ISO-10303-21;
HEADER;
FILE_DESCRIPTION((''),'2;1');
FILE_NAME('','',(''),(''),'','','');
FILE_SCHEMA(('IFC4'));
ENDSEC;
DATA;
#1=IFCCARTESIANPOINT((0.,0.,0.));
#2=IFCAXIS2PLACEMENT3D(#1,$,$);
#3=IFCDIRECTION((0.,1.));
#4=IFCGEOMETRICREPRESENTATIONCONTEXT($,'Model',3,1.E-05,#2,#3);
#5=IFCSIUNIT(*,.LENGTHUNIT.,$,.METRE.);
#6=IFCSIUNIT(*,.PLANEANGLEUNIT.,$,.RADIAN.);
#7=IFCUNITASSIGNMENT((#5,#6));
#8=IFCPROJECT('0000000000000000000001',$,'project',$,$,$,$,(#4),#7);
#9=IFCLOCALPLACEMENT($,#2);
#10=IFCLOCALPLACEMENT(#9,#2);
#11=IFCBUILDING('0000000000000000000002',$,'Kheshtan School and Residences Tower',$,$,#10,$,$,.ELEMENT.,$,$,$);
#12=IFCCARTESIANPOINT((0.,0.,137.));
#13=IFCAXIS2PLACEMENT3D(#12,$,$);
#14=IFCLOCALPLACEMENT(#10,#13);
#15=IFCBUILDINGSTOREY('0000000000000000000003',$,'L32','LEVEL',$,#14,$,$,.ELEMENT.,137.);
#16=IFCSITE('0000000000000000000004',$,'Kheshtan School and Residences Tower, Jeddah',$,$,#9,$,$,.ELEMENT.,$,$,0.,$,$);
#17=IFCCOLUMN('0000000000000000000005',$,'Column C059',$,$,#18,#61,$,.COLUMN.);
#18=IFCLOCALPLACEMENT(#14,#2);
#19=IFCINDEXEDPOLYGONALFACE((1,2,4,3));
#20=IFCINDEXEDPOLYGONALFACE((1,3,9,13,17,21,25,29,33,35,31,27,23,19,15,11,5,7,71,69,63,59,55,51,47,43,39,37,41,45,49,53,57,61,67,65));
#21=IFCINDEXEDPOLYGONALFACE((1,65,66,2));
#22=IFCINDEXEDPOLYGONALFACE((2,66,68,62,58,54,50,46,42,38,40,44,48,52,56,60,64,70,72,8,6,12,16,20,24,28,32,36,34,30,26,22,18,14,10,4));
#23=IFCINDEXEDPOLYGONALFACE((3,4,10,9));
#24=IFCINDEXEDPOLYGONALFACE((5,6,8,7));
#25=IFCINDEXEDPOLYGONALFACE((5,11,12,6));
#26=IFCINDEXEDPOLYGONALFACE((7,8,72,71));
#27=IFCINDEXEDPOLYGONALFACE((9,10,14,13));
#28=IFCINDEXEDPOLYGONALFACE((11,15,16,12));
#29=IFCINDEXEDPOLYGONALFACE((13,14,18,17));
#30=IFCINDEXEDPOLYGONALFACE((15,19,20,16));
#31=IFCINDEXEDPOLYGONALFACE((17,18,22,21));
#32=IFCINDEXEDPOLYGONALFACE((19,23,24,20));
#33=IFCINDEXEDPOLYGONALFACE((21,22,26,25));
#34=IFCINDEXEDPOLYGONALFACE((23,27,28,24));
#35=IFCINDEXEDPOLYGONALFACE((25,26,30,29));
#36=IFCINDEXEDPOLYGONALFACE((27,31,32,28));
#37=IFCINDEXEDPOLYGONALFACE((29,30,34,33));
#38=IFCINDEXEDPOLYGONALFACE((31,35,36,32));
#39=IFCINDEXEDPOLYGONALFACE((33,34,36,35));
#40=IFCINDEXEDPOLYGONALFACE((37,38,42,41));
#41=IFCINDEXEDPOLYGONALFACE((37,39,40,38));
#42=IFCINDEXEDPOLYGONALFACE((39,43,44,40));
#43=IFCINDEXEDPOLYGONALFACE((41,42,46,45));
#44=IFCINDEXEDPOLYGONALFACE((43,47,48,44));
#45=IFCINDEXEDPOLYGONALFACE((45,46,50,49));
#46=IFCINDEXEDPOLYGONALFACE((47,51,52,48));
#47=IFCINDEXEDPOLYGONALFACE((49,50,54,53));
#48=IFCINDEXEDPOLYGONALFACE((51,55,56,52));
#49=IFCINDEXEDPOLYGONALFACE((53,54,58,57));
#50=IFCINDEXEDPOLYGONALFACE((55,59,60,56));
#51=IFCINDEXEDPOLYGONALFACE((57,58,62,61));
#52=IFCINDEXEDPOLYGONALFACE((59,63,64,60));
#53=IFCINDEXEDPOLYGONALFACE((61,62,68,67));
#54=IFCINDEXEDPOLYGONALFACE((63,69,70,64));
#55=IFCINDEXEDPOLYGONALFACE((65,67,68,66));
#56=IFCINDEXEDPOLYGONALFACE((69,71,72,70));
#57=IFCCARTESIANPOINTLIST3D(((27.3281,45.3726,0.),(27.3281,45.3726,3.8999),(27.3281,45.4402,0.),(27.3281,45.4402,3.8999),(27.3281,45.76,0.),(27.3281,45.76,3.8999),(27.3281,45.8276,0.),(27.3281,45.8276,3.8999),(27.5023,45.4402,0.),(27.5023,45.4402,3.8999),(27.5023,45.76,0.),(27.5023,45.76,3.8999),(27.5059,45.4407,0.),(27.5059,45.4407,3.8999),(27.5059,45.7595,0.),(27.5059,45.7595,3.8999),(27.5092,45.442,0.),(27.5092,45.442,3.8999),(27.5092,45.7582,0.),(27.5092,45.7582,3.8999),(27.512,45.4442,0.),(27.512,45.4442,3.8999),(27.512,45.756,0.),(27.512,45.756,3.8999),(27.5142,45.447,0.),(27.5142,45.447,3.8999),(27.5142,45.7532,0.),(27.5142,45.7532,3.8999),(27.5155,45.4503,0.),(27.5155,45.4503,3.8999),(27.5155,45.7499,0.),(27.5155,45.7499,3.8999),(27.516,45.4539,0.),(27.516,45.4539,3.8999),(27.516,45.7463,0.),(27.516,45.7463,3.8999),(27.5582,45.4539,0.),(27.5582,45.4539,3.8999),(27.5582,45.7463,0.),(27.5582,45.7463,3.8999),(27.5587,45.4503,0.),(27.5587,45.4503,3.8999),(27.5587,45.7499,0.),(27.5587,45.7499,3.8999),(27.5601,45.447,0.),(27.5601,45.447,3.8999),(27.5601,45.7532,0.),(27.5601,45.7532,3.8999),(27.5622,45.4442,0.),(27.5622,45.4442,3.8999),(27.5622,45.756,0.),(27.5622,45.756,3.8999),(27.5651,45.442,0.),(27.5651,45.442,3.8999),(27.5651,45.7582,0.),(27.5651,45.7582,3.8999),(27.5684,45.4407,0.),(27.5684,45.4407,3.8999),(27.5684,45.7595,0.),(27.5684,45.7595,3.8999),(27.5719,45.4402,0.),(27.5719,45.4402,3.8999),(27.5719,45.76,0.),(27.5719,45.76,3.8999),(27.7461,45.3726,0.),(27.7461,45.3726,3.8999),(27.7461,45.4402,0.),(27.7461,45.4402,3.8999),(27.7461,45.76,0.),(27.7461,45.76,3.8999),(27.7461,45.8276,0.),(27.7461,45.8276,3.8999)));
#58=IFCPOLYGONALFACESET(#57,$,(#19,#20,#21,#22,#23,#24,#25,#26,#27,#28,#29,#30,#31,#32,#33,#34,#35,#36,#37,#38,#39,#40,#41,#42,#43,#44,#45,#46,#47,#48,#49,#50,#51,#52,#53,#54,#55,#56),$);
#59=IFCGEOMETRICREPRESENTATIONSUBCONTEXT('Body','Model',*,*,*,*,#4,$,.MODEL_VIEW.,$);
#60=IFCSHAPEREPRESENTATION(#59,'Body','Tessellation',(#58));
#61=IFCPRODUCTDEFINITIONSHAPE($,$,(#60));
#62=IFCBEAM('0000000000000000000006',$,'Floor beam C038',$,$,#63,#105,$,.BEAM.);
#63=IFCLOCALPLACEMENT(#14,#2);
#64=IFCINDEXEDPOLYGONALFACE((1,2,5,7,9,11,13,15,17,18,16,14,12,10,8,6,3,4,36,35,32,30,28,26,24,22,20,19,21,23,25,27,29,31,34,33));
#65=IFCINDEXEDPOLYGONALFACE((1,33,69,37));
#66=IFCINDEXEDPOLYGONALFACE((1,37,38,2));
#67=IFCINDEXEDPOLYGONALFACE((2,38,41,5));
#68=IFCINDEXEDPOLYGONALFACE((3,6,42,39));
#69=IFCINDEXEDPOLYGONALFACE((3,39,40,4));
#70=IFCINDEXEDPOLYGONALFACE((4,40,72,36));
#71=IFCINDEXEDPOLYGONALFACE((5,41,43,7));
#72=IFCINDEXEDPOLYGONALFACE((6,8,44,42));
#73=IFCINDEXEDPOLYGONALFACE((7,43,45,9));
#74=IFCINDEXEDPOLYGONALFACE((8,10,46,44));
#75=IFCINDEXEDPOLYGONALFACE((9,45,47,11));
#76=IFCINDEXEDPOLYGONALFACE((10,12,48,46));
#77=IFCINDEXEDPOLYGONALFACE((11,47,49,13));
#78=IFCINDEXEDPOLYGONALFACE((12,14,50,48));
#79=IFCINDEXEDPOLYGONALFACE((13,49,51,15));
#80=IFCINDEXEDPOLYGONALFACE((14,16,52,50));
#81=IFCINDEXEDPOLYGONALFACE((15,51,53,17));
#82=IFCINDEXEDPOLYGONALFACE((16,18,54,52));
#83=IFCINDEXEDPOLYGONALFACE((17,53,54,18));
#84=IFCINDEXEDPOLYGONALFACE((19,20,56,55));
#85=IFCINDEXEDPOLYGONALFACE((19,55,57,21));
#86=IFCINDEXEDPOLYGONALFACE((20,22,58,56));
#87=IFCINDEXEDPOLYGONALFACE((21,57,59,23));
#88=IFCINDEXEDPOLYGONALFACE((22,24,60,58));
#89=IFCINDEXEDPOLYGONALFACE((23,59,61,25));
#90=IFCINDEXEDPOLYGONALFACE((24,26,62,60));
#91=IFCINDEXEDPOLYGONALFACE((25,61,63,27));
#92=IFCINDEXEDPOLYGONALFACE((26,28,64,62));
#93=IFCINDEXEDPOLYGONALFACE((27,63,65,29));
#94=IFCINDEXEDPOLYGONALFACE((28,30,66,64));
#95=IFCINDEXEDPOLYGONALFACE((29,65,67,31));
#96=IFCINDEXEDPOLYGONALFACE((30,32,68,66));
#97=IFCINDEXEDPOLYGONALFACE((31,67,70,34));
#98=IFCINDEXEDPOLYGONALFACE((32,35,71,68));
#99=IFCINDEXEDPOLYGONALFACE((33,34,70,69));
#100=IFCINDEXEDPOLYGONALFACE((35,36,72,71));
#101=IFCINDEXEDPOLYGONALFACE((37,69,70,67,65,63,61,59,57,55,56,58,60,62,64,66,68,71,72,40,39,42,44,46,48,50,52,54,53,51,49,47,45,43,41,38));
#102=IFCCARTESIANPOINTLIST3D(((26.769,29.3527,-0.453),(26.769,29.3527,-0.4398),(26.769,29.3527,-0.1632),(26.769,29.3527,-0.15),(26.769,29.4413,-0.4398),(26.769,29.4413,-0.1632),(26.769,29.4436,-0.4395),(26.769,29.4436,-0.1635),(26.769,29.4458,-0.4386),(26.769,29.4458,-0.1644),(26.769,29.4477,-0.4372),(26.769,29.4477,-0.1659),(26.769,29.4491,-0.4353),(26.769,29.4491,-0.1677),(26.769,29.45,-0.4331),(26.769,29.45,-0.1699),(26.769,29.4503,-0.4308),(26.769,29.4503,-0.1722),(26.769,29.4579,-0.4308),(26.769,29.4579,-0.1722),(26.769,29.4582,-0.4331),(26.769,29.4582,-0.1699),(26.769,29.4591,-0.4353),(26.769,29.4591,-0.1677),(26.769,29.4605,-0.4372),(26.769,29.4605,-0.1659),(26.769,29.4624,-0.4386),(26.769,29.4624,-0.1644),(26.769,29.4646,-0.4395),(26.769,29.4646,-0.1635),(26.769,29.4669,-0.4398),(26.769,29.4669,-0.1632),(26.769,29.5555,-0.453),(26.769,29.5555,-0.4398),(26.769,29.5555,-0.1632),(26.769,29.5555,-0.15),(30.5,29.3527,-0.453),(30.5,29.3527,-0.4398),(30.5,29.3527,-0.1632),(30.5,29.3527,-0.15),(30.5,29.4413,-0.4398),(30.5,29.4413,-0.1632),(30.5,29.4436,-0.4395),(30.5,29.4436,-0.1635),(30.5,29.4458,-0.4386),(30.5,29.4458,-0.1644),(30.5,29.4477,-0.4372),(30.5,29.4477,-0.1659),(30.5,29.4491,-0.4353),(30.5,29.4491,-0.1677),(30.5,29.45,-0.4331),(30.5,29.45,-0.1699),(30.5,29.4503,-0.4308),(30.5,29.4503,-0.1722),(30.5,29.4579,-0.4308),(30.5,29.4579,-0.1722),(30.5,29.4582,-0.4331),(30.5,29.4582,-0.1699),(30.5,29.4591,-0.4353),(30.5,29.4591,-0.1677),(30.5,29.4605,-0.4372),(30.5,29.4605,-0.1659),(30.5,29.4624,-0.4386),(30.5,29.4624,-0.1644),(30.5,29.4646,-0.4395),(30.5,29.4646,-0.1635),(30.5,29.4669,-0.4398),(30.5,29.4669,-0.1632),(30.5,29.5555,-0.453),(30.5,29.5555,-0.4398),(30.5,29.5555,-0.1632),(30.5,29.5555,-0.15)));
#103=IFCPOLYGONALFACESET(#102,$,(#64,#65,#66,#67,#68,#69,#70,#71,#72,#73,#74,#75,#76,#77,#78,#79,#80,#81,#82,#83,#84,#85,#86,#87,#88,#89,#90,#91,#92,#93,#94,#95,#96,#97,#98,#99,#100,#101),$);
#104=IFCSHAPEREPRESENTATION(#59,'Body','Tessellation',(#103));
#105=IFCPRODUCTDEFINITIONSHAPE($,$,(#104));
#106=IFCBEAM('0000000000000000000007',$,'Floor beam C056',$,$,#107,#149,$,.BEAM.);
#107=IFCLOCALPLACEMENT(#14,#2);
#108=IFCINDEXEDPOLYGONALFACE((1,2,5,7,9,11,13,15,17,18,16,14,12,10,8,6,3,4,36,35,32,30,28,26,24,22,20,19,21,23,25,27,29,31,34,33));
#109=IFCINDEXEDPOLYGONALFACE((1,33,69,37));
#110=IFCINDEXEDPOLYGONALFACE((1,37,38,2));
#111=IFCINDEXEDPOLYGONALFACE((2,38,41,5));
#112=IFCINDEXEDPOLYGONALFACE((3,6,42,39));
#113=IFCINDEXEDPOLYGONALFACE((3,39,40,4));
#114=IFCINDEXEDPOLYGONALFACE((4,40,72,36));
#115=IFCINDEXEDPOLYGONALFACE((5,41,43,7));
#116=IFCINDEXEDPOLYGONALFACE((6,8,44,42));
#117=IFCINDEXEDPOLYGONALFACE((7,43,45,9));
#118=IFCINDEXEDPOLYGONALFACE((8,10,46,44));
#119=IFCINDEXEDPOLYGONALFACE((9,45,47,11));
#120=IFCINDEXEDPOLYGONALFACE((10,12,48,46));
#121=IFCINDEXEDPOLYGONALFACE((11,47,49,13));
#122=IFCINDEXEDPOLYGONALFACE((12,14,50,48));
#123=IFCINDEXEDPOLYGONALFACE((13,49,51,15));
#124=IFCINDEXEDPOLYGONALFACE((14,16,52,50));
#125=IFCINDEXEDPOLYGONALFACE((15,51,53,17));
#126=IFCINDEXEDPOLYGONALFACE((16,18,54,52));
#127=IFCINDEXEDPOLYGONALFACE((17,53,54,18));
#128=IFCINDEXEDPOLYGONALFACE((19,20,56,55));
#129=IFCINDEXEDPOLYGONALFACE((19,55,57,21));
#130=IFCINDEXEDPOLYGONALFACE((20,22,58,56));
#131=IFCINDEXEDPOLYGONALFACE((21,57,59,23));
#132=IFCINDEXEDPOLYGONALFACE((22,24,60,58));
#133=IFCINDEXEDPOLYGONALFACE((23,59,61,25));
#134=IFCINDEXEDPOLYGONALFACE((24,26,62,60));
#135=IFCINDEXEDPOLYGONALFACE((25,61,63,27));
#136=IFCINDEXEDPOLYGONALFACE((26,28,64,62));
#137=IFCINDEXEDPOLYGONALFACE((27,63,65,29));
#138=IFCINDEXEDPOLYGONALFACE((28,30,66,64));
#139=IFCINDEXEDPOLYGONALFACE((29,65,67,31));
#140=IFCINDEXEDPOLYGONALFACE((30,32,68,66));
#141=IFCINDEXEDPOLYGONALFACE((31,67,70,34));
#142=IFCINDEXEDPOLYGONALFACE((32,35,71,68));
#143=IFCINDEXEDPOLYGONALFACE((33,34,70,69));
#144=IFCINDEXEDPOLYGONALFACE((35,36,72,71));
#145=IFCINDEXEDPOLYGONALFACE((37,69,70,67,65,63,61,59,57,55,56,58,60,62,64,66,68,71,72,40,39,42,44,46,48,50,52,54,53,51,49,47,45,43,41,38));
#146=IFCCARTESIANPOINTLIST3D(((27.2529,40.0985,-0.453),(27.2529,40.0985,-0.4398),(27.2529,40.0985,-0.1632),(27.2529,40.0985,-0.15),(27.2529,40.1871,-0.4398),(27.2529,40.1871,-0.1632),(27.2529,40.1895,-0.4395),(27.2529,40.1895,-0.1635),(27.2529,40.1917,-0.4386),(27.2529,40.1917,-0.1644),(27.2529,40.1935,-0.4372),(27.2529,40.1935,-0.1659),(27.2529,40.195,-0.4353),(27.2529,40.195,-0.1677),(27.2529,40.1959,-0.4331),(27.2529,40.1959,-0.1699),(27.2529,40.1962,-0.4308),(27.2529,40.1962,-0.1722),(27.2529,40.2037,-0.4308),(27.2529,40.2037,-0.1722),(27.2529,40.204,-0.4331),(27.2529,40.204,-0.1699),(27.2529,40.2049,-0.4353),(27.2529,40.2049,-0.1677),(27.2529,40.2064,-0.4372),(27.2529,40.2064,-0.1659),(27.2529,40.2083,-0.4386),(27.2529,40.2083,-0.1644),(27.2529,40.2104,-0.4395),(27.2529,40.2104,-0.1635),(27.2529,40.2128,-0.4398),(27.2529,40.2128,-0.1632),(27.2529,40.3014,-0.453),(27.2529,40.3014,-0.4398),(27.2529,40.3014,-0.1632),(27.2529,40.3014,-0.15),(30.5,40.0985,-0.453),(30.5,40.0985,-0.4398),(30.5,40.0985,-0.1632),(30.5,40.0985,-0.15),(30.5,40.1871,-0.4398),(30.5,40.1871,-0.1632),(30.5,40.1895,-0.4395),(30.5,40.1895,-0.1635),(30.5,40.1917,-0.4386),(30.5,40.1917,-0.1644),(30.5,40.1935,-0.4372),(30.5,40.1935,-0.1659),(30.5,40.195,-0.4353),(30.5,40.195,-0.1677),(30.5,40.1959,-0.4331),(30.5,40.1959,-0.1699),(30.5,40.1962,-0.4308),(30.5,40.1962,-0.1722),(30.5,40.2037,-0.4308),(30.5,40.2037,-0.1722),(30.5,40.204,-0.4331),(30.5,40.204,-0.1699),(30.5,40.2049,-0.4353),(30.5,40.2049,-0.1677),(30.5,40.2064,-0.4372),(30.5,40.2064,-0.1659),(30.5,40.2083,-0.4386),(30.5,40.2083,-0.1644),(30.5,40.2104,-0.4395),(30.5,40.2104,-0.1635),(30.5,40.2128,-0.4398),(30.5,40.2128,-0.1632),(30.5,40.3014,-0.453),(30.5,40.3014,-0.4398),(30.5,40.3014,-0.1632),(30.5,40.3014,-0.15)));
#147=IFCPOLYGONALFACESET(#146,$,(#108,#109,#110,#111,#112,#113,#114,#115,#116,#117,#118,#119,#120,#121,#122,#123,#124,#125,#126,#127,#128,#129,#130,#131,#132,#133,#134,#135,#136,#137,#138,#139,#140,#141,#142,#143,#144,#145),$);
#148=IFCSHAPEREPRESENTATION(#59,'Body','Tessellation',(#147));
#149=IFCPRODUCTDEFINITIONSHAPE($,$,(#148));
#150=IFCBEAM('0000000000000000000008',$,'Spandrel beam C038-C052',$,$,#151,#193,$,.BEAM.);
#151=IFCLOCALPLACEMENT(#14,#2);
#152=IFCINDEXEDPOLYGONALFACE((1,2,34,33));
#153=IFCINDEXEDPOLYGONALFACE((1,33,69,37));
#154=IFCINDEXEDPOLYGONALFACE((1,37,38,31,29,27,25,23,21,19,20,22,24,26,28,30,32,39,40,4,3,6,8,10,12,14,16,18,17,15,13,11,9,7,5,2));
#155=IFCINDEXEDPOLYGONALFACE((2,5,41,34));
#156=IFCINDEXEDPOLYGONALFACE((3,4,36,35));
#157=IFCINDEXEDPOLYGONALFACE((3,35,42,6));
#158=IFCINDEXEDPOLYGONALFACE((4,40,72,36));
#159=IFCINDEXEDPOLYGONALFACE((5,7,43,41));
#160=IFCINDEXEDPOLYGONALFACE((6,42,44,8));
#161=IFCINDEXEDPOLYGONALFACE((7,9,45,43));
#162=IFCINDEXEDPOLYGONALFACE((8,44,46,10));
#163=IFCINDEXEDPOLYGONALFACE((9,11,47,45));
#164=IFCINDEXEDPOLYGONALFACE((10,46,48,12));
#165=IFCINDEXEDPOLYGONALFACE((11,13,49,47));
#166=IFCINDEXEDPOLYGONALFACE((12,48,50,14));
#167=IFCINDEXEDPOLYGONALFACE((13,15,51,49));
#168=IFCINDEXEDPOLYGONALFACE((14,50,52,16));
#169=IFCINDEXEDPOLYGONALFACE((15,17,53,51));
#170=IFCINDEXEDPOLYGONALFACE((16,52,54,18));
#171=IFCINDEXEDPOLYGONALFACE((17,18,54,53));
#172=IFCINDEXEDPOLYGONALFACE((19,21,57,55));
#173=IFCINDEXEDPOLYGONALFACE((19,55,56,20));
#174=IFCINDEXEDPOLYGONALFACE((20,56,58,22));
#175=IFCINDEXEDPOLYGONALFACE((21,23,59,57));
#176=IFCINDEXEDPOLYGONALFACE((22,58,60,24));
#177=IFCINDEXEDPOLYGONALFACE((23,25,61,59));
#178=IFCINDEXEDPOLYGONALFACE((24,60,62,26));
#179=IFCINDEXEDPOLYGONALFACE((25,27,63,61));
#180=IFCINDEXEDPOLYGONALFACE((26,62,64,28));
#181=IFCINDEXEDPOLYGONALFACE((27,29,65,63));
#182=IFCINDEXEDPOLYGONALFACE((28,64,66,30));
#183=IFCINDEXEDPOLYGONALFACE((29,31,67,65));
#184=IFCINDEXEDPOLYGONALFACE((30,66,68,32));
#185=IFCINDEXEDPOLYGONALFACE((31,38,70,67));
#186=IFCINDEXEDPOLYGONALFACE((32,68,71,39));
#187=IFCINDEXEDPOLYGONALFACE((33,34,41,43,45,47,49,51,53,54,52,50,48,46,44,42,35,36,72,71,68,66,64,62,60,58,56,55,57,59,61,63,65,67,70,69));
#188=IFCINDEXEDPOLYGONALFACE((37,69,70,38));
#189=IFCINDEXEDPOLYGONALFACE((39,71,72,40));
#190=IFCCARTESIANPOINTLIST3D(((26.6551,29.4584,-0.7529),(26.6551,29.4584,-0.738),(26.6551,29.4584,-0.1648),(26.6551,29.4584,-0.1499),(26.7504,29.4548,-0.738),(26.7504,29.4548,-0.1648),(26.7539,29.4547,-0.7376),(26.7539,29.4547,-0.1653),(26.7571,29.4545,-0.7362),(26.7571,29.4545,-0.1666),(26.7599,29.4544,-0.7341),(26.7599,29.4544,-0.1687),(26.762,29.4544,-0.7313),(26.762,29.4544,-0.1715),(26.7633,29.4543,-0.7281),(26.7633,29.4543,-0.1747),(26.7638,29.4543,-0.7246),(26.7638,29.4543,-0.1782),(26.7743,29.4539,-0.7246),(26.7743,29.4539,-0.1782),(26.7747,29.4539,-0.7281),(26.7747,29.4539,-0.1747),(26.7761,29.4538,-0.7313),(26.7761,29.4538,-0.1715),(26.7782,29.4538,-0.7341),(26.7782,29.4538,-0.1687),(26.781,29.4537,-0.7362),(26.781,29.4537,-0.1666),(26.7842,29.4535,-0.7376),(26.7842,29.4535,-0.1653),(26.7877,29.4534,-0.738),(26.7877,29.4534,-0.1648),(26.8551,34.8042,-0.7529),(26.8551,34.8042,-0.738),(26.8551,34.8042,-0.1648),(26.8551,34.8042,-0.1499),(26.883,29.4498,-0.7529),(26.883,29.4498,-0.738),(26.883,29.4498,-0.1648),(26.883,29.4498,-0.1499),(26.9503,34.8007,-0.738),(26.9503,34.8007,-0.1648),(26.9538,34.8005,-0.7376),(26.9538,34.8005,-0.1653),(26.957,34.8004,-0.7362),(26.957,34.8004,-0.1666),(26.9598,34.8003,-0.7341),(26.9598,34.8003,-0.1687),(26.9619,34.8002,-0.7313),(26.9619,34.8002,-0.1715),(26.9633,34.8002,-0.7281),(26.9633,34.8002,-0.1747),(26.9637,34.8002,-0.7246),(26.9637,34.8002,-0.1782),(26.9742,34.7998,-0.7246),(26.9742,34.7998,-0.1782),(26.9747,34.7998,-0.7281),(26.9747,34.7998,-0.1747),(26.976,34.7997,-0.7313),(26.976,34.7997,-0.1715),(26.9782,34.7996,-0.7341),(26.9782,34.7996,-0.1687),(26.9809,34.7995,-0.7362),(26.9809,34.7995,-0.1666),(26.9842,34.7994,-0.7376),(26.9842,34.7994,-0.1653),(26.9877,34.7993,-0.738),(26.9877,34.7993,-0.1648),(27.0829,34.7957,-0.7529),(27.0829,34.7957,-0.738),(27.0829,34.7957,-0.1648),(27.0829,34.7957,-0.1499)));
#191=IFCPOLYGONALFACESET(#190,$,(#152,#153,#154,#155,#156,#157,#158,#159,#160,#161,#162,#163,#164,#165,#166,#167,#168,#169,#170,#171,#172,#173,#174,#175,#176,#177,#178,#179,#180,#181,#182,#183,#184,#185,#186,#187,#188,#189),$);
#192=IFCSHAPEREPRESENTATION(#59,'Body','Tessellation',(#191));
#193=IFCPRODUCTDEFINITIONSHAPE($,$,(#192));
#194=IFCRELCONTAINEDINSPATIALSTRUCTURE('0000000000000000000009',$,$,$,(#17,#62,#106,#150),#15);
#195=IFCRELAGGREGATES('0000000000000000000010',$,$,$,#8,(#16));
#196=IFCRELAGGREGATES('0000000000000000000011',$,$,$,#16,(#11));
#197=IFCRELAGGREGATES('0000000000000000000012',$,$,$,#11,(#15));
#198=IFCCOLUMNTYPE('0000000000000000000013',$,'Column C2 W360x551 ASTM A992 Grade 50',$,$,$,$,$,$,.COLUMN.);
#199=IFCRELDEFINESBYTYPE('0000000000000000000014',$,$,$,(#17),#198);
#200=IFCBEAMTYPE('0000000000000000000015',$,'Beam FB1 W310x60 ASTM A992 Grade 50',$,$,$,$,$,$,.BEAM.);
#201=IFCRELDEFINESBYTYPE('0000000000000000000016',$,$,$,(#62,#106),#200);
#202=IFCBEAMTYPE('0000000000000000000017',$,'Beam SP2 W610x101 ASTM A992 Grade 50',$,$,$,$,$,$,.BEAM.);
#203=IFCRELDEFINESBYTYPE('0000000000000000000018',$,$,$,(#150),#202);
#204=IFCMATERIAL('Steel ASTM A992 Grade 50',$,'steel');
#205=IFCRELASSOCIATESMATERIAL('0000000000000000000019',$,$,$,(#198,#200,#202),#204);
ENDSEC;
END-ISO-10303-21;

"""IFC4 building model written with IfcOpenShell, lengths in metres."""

from ifc_helpers import new_model, si_unit, direction, frame, origin, origin_2d, place, context, subcontext, project, spatial, i_section, extrude, material, material_profile, profile_set, type_object, element, save


model = new_model("IFC4")

# Units and contexts
model_context = context("Model", 3, precision=1e-05, world=origin(), true_north=direction((0.0, 1.0)))
body_context = subcontext(model_context, "Body", "Model", "MODEL_VIEW")
ifc_project = project(units=[si_unit("LENGTHUNIT", "METRE"), si_unit("PLANEANGLEUNIT", "RADIAN")], contexts=[model_context])

# Site, building, storey
site_placement = place(None, origin())
site = spatial("IfcSite", under=ifc_project, at=site_placement, Name="Kheshtan School and Residences Tower, Jeddah", CompositionType="ELEMENT", RefElevation=0.0)
building_placement = place(site_placement, origin())
building = spatial("IfcBuilding", under=site, at=building_placement, Name="Kheshtan School and Residences Tower", CompositionType="ELEMENT")
storey_placement = place(building_placement, frame((0.0, 0.0, 137.0)))
storey = spatial("IfcBuildingStorey", under=building, at=storey_placement, Name="L32", Description="LEVEL", CompositionType="ELEMENT", Elevation=137.0)

# Column
ifc_material_1 = material(Name="Steel ASTM A992 Grade 50", Category="steel")
ifc_material_profile_1 = material_profile(ifc_material_1, i_section(OverallWidth=0.418, OverallDepth=0.4551, WebThickness=0.0422, FlangeThickness=0.0676, FilletRadius=0.0137, at=origin_2d()), Name="W360x551")
ifc_profile_set_1 = profile_set([ifc_material_profile_1], Name="Steel ASTM A992 Grade 50")
column_type = type_object("IfcColumnType", Name="Column C2 W360x551 ASTM A992 Grade 50", PredefinedType="COLUMN", material=ifc_profile_set_1)
for number, where, z_axis, x_axis, name in (
    (1, (27.5371, 45.6001, 0.0), (0.0, 0.0, 1.0), (1.0, 0.0, 0.0), "Column C059"),
):
    element("IfcColumn", number, at=place(storey_placement, frame(where, z_axis=z_axis, x_axis=x_axis)), inside=storey, type_object=column_type, Name=name, PredefinedType="COLUMN", context=body_context, shape_type="SweptSolid", body=[
        extrude(i_section(OverallWidth=0.418, OverallDepth=0.4551, WebThickness=0.0422, FlangeThickness=0.0676, FilletRadius=0.0137, at=origin_2d()), origin(), (0.0, 0.0, 1.0), 3.8999),
    ])

# Beams
ifc_material_profile_2 = material_profile(ifc_material_1, i_section(OverallWidth=0.2029, OverallDepth=0.303, WebThickness=0.0076, FlangeThickness=0.0132, FilletRadius=0.009, at=origin_2d()), Name="W310x60")
ifc_profile_set_2 = profile_set([ifc_material_profile_2], Name="Steel ASTM A992 Grade 50")
beam_type_1 = type_object("IfcBeamType", Name="Beam FB1 W310x60 ASTM A992 Grade 50", PredefinedType="BEAM", material=ifc_profile_set_2)
beam_1_placement = place(storey_placement, frame((26.769, 29.4541, -0.3015), z_axis=(1.0, 0.0, 0.0), x_axis=(0.0, 1.0, 0.0)))
element("IfcBeam", 2, at=beam_1_placement, inside=storey, type_object=beam_type_1, Name="Floor beam C038", PredefinedType="BEAM", context=body_context, shape_type="SweptSolid", body=[
    extrude(i_section(OverallWidth=0.2029, OverallDepth=0.303, WebThickness=0.0076, FlangeThickness=0.0132, FilletRadius=0.009, at=origin_2d()), origin(), (0.0, 0.0, 1.0), 3.731),
])
beam_2_placement = place(storey_placement, frame((27.2529, 40.2, -0.3015), z_axis=(1.0, 0.0, 0.0), x_axis=(0.0, 1.0, 0.0)))
element("IfcBeam", 3, at=beam_2_placement, inside=storey, type_object=beam_type_1, Name="Floor beam C056", PredefinedType="BEAM", context=body_context, shape_type="SweptSolid", body=[
    extrude(i_section(OverallWidth=0.2029, OverallDepth=0.303, WebThickness=0.0076, FlangeThickness=0.0132, FilletRadius=0.009, at=origin_2d()), origin(), (0.0, 0.0, 1.0), 3.2471),
])
ifc_material_profile_3 = material_profile(ifc_material_1, i_section(OverallWidth=0.228, OverallDepth=0.603, WebThickness=0.0105, FlangeThickness=0.0149, FilletRadius=0.0134, at=origin_2d()), Name="W610x101")
ifc_profile_set_3 = profile_set([ifc_material_profile_3], Name="Steel ASTM A992 Grade 50")
beam_type_2 = type_object("IfcBeamType", Name="Beam SP2 W610x101 ASTM A992 Grade 50", PredefinedType="BEAM", material=ifc_profile_set_3)
beam_3_placement = place(storey_placement, frame((26.769, 29.4541, -0.4514), z_axis=(0.037376, 0.999301, 0.0), x_axis=(-0.999301, 0.037376, 0.0)))
element("IfcBeam", 4, at=beam_3_placement, inside=storey, type_object=beam_type_2, Name="Spandrel beam C038-C052", PredefinedType="BEAM", context=body_context, shape_type="SweptSolid", body=[
    extrude(i_section(OverallWidth=0.228, OverallDepth=0.603, WebThickness=0.0105, FlangeThickness=0.0149, FilletRadius=0.0134, at=origin_2d()), origin(), (0.0, 0.0, 1.0), 5.3496),
])

save(model, "model.ifc")
